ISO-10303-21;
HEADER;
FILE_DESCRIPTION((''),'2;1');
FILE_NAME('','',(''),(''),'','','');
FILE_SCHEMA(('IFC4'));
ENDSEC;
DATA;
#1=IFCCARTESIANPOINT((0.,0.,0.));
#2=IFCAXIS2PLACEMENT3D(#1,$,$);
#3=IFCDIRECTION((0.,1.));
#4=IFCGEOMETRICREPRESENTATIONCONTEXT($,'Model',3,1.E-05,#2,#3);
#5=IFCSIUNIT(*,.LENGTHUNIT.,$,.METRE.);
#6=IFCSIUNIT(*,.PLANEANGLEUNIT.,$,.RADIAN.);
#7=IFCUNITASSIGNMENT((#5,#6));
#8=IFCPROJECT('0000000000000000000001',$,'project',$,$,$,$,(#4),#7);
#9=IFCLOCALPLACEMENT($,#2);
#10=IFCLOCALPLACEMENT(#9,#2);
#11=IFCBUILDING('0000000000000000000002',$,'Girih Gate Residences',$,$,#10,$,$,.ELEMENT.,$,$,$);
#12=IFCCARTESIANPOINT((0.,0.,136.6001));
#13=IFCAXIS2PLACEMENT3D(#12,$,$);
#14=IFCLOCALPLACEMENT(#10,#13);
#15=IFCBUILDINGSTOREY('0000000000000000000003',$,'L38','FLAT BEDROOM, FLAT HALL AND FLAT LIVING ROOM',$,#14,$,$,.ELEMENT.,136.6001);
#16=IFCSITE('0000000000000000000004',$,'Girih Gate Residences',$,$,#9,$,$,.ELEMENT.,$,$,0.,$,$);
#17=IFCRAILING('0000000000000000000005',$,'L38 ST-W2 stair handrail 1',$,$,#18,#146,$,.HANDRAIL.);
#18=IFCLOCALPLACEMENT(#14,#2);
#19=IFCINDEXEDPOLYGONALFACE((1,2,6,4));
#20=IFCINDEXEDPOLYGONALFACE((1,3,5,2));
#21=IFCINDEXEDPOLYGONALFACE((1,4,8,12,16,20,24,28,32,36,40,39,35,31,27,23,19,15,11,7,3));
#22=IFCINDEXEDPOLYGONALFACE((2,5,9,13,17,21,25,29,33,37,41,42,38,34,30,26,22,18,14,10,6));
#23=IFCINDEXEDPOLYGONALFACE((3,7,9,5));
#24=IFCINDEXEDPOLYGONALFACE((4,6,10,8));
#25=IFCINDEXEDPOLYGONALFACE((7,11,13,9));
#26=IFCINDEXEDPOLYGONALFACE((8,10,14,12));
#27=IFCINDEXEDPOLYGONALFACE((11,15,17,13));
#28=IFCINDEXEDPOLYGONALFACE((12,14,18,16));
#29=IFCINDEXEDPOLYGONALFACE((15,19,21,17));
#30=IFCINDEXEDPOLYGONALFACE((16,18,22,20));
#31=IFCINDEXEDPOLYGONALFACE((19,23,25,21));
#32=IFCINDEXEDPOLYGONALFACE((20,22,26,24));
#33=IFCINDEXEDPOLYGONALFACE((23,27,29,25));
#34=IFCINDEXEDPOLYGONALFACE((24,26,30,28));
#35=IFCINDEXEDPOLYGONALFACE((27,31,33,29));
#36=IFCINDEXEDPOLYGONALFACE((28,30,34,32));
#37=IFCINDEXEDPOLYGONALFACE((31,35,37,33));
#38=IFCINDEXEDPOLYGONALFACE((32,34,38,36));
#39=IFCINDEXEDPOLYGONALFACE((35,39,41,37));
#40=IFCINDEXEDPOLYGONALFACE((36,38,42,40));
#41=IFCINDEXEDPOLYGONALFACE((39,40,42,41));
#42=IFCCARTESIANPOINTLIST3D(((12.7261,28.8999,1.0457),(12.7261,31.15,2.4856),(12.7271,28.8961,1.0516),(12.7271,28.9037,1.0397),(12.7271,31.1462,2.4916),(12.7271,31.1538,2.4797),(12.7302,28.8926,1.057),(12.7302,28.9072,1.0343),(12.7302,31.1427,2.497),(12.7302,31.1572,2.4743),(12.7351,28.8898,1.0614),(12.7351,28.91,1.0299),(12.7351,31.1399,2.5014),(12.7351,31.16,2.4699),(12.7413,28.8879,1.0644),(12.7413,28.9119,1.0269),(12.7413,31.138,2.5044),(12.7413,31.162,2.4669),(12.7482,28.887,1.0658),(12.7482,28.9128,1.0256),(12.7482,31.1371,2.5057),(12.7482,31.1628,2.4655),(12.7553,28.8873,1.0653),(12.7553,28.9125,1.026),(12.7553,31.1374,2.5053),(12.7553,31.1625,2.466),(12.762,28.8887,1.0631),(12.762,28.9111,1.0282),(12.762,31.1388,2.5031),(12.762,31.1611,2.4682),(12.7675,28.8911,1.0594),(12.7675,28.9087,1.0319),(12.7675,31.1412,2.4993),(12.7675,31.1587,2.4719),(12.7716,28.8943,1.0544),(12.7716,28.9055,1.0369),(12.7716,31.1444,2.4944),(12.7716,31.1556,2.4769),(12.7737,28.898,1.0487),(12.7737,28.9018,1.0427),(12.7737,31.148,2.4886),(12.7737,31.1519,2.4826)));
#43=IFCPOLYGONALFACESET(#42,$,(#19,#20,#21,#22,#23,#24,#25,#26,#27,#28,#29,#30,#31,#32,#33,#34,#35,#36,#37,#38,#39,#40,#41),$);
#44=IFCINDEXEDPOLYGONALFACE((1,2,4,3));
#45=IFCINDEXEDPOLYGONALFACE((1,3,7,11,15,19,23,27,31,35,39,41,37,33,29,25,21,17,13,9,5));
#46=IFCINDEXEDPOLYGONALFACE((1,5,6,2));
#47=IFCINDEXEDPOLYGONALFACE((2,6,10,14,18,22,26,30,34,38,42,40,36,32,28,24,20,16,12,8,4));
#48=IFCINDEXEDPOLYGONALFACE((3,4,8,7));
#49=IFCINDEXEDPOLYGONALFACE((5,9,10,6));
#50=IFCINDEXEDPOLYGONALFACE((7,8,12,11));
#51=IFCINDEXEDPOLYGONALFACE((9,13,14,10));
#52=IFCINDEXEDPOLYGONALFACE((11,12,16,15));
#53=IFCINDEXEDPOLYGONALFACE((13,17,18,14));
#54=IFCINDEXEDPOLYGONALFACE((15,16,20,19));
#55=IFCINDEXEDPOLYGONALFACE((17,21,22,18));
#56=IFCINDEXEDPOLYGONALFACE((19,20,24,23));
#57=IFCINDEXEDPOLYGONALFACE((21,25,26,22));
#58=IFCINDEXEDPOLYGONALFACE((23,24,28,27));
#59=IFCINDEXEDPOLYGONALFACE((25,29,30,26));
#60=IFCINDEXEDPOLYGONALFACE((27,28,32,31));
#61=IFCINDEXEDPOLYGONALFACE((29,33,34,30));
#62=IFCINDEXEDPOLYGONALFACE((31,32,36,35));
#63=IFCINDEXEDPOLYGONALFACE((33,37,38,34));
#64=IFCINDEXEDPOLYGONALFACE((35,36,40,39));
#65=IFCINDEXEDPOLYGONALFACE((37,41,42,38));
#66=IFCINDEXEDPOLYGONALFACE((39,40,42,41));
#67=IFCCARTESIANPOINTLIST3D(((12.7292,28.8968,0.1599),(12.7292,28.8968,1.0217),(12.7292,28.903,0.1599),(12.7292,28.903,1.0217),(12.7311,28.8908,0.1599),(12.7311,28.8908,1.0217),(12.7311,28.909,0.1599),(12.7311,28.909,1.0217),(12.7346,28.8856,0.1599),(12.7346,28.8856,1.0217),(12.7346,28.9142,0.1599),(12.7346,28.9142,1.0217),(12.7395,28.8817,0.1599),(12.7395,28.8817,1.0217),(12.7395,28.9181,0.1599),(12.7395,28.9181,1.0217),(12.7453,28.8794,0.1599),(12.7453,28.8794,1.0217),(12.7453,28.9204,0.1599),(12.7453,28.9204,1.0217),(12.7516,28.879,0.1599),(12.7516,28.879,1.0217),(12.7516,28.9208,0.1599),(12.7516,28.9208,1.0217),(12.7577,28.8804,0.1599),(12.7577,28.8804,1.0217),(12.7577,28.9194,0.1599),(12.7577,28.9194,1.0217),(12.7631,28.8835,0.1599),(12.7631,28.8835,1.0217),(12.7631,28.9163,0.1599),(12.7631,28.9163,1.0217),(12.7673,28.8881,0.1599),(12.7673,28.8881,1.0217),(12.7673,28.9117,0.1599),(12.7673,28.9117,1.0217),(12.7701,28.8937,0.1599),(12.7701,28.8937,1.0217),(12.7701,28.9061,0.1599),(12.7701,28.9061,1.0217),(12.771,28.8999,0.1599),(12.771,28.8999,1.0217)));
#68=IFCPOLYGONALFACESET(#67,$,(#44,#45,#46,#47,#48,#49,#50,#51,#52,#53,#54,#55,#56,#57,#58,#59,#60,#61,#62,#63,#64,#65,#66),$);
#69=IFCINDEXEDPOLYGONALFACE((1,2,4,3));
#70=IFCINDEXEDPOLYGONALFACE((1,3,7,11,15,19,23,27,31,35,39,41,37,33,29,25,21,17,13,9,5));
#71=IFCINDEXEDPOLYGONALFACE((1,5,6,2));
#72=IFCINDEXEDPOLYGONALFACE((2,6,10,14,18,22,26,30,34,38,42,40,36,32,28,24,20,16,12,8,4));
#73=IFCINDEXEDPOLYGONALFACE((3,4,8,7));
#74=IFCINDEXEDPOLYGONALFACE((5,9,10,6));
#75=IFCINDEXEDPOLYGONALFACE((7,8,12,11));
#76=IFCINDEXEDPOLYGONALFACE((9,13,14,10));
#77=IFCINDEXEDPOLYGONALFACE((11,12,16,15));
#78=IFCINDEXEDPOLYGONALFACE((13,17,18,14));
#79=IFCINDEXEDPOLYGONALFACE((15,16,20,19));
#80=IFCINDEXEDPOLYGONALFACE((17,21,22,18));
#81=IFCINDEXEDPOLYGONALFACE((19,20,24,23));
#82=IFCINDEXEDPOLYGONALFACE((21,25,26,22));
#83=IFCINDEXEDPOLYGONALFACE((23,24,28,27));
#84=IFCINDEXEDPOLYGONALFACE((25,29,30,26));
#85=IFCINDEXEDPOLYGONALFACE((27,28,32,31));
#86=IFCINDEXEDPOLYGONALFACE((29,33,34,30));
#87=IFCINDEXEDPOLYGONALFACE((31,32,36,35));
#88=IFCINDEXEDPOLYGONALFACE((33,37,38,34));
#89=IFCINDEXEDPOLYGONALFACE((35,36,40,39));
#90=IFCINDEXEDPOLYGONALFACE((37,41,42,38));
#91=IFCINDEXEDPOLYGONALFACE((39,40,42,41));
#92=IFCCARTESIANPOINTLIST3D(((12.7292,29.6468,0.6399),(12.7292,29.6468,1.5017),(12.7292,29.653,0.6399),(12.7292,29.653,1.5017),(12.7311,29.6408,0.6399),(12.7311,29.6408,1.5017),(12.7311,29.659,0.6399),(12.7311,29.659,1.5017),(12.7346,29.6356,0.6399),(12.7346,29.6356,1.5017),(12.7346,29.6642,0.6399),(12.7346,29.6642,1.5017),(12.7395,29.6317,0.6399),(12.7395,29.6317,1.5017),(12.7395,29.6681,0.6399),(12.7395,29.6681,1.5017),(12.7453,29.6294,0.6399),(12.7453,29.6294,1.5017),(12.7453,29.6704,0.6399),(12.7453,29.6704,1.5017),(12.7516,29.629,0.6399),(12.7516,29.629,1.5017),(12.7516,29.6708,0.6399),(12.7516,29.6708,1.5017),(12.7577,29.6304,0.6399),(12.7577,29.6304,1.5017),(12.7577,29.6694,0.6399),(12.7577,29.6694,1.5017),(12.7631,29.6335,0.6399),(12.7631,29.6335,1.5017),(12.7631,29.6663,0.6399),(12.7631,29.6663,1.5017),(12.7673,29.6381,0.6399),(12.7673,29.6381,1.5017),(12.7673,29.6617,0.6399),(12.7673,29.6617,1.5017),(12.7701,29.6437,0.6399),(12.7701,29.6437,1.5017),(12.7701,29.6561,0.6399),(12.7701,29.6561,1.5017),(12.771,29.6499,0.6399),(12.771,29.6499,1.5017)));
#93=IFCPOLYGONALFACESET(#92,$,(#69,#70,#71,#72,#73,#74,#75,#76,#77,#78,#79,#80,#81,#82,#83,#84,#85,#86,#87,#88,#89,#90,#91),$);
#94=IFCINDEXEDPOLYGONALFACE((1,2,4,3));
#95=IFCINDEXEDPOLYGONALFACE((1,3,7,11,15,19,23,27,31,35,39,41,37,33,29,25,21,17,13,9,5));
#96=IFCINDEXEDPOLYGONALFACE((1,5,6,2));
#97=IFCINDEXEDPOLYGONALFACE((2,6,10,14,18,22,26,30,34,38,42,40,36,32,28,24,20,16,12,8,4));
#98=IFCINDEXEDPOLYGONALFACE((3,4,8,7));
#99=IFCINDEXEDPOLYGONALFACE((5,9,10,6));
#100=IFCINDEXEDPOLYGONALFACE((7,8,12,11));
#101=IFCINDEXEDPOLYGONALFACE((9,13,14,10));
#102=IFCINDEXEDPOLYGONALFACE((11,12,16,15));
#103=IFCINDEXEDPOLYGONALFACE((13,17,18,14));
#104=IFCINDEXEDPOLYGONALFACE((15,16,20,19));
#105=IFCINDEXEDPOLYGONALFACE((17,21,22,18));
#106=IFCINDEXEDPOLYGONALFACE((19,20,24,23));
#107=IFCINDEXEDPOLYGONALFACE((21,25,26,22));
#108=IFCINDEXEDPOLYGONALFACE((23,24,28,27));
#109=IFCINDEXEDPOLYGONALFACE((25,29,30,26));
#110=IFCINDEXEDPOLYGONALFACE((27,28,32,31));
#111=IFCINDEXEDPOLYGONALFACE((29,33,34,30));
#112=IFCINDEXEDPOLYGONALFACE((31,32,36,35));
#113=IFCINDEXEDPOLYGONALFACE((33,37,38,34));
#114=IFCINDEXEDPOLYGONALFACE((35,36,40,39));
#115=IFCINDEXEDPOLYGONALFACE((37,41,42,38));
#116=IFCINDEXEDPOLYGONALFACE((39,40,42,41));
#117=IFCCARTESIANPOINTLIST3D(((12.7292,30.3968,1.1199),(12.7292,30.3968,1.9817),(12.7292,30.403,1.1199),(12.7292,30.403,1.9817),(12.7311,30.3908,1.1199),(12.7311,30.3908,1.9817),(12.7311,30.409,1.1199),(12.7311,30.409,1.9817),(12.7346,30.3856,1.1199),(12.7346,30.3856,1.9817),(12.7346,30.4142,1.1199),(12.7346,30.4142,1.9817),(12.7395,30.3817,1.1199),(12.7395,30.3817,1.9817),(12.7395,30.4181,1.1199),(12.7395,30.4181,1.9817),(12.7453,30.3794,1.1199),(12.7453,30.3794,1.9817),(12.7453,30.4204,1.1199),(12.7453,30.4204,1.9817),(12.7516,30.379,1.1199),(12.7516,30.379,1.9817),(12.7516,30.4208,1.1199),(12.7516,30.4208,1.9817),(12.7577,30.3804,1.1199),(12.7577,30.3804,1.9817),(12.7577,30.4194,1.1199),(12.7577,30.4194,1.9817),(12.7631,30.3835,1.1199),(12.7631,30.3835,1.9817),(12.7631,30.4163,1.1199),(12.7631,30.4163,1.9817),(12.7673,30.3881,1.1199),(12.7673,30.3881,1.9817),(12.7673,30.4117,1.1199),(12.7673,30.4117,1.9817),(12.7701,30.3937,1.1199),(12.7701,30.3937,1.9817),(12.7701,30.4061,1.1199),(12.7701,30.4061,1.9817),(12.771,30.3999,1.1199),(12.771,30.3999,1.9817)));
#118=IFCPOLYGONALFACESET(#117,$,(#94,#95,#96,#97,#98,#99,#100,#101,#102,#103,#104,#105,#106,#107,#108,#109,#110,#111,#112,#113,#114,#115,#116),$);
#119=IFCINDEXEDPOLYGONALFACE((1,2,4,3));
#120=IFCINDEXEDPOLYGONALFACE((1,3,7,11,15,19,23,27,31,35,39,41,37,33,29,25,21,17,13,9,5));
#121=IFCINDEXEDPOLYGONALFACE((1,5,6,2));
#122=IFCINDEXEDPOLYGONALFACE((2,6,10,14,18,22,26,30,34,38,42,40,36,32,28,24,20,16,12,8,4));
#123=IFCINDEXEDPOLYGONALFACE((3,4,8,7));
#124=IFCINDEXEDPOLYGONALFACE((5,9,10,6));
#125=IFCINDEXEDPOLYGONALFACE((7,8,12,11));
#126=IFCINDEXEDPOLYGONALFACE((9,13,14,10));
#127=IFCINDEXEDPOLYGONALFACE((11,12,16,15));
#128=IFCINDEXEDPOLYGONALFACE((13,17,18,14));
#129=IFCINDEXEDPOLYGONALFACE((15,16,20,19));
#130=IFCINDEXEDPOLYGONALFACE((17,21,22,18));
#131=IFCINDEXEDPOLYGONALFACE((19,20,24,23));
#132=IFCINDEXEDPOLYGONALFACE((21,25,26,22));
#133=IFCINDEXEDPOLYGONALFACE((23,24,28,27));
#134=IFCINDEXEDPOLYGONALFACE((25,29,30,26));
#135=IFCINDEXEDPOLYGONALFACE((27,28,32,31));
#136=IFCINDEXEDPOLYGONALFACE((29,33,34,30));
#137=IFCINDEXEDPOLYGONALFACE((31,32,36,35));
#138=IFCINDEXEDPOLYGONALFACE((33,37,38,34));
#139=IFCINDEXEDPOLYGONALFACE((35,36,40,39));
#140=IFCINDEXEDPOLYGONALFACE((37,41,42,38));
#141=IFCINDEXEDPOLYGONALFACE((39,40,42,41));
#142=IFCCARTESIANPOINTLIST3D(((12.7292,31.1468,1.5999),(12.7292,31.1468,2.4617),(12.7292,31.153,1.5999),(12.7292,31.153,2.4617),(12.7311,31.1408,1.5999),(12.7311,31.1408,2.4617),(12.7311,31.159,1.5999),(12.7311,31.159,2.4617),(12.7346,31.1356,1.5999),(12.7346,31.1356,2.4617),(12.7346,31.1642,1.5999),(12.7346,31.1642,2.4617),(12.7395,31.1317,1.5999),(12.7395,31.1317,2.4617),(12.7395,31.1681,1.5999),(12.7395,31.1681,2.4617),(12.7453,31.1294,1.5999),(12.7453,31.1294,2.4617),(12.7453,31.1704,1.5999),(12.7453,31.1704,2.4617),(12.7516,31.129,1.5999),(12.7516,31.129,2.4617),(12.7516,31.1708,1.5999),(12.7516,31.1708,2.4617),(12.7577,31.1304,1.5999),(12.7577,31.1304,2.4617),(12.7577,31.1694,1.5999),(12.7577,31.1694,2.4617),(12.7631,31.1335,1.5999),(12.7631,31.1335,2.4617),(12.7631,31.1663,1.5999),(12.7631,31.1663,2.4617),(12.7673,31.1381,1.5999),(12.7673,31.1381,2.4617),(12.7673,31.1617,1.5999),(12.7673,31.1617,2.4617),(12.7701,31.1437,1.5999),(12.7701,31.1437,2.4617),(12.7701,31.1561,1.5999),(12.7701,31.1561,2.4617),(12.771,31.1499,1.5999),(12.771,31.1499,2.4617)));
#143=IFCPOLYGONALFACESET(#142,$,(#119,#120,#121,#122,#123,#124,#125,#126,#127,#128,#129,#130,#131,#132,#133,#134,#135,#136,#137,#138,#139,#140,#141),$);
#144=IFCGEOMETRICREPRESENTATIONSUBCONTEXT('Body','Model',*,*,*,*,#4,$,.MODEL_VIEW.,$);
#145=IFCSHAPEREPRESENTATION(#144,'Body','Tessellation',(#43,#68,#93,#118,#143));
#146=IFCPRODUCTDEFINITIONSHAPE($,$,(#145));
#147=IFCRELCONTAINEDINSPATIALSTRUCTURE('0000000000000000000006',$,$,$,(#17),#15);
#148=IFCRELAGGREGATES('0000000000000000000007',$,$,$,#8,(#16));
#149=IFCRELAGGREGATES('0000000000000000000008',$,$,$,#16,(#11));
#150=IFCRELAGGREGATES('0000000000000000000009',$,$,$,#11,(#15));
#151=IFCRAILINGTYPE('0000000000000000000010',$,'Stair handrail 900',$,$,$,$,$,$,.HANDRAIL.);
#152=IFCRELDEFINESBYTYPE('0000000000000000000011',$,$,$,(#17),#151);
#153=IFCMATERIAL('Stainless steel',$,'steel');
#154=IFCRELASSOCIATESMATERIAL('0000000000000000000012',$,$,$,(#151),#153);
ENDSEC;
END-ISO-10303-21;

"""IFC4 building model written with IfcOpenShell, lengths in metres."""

from ifc_helpers import new_model, si_unit, direction, frame, origin, origin_2d, place, context, subcontext, project, spatial, circle, extrude, material, type_object, element, save


model = new_model("IFC4")

# Units and contexts
model_context = context("Model", 3, precision=1e-05, world=origin(), true_north=direction((0.0, 1.0)))
body_context = subcontext(model_context, "Body", "Model", "MODEL_VIEW")
ifc_project = project(units=[si_unit("LENGTHUNIT", "METRE"), si_unit("PLANEANGLEUNIT", "RADIAN")], contexts=[model_context])

# Site, building, storey
site_placement = place(None, origin())
site = spatial("IfcSite", under=ifc_project, at=site_placement, Name="Girih Gate Residences", CompositionType="ELEMENT", RefElevation=0.0)
building_placement = place(site_placement, origin())
building = spatial("IfcBuilding", under=site, at=building_placement, Name="Girih Gate Residences", CompositionType="ELEMENT")
storey_placement = place(building_placement, frame((0.0, 0.0, 136.6001)))
storey = spatial("IfcBuildingStorey", under=building, at=storey_placement, Name="L38", Description="FLAT BEDROOM, FLAT HALL AND FLAT LIVING ROOM", CompositionType="ELEMENT", Elevation=136.6001)

# Railing
ifc_material_1 = material(Name="Stainless steel", Category="steel")
railing_type_1 = type_object("IfcRailingType", Name="Stair handrail 900", PredefinedType="HANDRAIL", material=ifc_material_1)
railing_1_placement = place(storey_placement, frame((12.75, 28.8999, 0.1599)))
element("IfcRailing", 1, at=railing_1_placement, inside=storey, type_object=railing_type_1, Name="L38 ST-W2 stair handrail 1", PredefinedType="HANDRAIL", context=body_context, shape_type="SweptSolid", body=[
    extrude(circle(Radius=0.0239, at=origin_2d()), frame((0.0, 0.0, 0.8857), z_axis=(0.0, 0.842281, 0.539038), x_axis=(-1.0, 0.0, 0.0)), (0.0, 0.0, 1.0), 2.6714),
    extrude(circle(Radius=0.021, at=origin_2d()), origin(), (0.0, 0.0, 1.0), 0.8618),
    extrude(circle(Radius=0.021, at=origin_2d()), frame((0.0, 0.75, 0.48)), (0.0, 0.0, 1.0), 0.8618),
    extrude(circle(Radius=0.021, at=origin_2d()), frame((0.0, 1.5, 0.96)), (0.0, 0.0, 1.0), 0.8618),
    extrude(circle(Radius=0.021, at=origin_2d()), frame((0.0, 2.25, 1.4399)), (0.0, 0.0, 1.0), 0.8618),
])

save(model, "model.ifc")
